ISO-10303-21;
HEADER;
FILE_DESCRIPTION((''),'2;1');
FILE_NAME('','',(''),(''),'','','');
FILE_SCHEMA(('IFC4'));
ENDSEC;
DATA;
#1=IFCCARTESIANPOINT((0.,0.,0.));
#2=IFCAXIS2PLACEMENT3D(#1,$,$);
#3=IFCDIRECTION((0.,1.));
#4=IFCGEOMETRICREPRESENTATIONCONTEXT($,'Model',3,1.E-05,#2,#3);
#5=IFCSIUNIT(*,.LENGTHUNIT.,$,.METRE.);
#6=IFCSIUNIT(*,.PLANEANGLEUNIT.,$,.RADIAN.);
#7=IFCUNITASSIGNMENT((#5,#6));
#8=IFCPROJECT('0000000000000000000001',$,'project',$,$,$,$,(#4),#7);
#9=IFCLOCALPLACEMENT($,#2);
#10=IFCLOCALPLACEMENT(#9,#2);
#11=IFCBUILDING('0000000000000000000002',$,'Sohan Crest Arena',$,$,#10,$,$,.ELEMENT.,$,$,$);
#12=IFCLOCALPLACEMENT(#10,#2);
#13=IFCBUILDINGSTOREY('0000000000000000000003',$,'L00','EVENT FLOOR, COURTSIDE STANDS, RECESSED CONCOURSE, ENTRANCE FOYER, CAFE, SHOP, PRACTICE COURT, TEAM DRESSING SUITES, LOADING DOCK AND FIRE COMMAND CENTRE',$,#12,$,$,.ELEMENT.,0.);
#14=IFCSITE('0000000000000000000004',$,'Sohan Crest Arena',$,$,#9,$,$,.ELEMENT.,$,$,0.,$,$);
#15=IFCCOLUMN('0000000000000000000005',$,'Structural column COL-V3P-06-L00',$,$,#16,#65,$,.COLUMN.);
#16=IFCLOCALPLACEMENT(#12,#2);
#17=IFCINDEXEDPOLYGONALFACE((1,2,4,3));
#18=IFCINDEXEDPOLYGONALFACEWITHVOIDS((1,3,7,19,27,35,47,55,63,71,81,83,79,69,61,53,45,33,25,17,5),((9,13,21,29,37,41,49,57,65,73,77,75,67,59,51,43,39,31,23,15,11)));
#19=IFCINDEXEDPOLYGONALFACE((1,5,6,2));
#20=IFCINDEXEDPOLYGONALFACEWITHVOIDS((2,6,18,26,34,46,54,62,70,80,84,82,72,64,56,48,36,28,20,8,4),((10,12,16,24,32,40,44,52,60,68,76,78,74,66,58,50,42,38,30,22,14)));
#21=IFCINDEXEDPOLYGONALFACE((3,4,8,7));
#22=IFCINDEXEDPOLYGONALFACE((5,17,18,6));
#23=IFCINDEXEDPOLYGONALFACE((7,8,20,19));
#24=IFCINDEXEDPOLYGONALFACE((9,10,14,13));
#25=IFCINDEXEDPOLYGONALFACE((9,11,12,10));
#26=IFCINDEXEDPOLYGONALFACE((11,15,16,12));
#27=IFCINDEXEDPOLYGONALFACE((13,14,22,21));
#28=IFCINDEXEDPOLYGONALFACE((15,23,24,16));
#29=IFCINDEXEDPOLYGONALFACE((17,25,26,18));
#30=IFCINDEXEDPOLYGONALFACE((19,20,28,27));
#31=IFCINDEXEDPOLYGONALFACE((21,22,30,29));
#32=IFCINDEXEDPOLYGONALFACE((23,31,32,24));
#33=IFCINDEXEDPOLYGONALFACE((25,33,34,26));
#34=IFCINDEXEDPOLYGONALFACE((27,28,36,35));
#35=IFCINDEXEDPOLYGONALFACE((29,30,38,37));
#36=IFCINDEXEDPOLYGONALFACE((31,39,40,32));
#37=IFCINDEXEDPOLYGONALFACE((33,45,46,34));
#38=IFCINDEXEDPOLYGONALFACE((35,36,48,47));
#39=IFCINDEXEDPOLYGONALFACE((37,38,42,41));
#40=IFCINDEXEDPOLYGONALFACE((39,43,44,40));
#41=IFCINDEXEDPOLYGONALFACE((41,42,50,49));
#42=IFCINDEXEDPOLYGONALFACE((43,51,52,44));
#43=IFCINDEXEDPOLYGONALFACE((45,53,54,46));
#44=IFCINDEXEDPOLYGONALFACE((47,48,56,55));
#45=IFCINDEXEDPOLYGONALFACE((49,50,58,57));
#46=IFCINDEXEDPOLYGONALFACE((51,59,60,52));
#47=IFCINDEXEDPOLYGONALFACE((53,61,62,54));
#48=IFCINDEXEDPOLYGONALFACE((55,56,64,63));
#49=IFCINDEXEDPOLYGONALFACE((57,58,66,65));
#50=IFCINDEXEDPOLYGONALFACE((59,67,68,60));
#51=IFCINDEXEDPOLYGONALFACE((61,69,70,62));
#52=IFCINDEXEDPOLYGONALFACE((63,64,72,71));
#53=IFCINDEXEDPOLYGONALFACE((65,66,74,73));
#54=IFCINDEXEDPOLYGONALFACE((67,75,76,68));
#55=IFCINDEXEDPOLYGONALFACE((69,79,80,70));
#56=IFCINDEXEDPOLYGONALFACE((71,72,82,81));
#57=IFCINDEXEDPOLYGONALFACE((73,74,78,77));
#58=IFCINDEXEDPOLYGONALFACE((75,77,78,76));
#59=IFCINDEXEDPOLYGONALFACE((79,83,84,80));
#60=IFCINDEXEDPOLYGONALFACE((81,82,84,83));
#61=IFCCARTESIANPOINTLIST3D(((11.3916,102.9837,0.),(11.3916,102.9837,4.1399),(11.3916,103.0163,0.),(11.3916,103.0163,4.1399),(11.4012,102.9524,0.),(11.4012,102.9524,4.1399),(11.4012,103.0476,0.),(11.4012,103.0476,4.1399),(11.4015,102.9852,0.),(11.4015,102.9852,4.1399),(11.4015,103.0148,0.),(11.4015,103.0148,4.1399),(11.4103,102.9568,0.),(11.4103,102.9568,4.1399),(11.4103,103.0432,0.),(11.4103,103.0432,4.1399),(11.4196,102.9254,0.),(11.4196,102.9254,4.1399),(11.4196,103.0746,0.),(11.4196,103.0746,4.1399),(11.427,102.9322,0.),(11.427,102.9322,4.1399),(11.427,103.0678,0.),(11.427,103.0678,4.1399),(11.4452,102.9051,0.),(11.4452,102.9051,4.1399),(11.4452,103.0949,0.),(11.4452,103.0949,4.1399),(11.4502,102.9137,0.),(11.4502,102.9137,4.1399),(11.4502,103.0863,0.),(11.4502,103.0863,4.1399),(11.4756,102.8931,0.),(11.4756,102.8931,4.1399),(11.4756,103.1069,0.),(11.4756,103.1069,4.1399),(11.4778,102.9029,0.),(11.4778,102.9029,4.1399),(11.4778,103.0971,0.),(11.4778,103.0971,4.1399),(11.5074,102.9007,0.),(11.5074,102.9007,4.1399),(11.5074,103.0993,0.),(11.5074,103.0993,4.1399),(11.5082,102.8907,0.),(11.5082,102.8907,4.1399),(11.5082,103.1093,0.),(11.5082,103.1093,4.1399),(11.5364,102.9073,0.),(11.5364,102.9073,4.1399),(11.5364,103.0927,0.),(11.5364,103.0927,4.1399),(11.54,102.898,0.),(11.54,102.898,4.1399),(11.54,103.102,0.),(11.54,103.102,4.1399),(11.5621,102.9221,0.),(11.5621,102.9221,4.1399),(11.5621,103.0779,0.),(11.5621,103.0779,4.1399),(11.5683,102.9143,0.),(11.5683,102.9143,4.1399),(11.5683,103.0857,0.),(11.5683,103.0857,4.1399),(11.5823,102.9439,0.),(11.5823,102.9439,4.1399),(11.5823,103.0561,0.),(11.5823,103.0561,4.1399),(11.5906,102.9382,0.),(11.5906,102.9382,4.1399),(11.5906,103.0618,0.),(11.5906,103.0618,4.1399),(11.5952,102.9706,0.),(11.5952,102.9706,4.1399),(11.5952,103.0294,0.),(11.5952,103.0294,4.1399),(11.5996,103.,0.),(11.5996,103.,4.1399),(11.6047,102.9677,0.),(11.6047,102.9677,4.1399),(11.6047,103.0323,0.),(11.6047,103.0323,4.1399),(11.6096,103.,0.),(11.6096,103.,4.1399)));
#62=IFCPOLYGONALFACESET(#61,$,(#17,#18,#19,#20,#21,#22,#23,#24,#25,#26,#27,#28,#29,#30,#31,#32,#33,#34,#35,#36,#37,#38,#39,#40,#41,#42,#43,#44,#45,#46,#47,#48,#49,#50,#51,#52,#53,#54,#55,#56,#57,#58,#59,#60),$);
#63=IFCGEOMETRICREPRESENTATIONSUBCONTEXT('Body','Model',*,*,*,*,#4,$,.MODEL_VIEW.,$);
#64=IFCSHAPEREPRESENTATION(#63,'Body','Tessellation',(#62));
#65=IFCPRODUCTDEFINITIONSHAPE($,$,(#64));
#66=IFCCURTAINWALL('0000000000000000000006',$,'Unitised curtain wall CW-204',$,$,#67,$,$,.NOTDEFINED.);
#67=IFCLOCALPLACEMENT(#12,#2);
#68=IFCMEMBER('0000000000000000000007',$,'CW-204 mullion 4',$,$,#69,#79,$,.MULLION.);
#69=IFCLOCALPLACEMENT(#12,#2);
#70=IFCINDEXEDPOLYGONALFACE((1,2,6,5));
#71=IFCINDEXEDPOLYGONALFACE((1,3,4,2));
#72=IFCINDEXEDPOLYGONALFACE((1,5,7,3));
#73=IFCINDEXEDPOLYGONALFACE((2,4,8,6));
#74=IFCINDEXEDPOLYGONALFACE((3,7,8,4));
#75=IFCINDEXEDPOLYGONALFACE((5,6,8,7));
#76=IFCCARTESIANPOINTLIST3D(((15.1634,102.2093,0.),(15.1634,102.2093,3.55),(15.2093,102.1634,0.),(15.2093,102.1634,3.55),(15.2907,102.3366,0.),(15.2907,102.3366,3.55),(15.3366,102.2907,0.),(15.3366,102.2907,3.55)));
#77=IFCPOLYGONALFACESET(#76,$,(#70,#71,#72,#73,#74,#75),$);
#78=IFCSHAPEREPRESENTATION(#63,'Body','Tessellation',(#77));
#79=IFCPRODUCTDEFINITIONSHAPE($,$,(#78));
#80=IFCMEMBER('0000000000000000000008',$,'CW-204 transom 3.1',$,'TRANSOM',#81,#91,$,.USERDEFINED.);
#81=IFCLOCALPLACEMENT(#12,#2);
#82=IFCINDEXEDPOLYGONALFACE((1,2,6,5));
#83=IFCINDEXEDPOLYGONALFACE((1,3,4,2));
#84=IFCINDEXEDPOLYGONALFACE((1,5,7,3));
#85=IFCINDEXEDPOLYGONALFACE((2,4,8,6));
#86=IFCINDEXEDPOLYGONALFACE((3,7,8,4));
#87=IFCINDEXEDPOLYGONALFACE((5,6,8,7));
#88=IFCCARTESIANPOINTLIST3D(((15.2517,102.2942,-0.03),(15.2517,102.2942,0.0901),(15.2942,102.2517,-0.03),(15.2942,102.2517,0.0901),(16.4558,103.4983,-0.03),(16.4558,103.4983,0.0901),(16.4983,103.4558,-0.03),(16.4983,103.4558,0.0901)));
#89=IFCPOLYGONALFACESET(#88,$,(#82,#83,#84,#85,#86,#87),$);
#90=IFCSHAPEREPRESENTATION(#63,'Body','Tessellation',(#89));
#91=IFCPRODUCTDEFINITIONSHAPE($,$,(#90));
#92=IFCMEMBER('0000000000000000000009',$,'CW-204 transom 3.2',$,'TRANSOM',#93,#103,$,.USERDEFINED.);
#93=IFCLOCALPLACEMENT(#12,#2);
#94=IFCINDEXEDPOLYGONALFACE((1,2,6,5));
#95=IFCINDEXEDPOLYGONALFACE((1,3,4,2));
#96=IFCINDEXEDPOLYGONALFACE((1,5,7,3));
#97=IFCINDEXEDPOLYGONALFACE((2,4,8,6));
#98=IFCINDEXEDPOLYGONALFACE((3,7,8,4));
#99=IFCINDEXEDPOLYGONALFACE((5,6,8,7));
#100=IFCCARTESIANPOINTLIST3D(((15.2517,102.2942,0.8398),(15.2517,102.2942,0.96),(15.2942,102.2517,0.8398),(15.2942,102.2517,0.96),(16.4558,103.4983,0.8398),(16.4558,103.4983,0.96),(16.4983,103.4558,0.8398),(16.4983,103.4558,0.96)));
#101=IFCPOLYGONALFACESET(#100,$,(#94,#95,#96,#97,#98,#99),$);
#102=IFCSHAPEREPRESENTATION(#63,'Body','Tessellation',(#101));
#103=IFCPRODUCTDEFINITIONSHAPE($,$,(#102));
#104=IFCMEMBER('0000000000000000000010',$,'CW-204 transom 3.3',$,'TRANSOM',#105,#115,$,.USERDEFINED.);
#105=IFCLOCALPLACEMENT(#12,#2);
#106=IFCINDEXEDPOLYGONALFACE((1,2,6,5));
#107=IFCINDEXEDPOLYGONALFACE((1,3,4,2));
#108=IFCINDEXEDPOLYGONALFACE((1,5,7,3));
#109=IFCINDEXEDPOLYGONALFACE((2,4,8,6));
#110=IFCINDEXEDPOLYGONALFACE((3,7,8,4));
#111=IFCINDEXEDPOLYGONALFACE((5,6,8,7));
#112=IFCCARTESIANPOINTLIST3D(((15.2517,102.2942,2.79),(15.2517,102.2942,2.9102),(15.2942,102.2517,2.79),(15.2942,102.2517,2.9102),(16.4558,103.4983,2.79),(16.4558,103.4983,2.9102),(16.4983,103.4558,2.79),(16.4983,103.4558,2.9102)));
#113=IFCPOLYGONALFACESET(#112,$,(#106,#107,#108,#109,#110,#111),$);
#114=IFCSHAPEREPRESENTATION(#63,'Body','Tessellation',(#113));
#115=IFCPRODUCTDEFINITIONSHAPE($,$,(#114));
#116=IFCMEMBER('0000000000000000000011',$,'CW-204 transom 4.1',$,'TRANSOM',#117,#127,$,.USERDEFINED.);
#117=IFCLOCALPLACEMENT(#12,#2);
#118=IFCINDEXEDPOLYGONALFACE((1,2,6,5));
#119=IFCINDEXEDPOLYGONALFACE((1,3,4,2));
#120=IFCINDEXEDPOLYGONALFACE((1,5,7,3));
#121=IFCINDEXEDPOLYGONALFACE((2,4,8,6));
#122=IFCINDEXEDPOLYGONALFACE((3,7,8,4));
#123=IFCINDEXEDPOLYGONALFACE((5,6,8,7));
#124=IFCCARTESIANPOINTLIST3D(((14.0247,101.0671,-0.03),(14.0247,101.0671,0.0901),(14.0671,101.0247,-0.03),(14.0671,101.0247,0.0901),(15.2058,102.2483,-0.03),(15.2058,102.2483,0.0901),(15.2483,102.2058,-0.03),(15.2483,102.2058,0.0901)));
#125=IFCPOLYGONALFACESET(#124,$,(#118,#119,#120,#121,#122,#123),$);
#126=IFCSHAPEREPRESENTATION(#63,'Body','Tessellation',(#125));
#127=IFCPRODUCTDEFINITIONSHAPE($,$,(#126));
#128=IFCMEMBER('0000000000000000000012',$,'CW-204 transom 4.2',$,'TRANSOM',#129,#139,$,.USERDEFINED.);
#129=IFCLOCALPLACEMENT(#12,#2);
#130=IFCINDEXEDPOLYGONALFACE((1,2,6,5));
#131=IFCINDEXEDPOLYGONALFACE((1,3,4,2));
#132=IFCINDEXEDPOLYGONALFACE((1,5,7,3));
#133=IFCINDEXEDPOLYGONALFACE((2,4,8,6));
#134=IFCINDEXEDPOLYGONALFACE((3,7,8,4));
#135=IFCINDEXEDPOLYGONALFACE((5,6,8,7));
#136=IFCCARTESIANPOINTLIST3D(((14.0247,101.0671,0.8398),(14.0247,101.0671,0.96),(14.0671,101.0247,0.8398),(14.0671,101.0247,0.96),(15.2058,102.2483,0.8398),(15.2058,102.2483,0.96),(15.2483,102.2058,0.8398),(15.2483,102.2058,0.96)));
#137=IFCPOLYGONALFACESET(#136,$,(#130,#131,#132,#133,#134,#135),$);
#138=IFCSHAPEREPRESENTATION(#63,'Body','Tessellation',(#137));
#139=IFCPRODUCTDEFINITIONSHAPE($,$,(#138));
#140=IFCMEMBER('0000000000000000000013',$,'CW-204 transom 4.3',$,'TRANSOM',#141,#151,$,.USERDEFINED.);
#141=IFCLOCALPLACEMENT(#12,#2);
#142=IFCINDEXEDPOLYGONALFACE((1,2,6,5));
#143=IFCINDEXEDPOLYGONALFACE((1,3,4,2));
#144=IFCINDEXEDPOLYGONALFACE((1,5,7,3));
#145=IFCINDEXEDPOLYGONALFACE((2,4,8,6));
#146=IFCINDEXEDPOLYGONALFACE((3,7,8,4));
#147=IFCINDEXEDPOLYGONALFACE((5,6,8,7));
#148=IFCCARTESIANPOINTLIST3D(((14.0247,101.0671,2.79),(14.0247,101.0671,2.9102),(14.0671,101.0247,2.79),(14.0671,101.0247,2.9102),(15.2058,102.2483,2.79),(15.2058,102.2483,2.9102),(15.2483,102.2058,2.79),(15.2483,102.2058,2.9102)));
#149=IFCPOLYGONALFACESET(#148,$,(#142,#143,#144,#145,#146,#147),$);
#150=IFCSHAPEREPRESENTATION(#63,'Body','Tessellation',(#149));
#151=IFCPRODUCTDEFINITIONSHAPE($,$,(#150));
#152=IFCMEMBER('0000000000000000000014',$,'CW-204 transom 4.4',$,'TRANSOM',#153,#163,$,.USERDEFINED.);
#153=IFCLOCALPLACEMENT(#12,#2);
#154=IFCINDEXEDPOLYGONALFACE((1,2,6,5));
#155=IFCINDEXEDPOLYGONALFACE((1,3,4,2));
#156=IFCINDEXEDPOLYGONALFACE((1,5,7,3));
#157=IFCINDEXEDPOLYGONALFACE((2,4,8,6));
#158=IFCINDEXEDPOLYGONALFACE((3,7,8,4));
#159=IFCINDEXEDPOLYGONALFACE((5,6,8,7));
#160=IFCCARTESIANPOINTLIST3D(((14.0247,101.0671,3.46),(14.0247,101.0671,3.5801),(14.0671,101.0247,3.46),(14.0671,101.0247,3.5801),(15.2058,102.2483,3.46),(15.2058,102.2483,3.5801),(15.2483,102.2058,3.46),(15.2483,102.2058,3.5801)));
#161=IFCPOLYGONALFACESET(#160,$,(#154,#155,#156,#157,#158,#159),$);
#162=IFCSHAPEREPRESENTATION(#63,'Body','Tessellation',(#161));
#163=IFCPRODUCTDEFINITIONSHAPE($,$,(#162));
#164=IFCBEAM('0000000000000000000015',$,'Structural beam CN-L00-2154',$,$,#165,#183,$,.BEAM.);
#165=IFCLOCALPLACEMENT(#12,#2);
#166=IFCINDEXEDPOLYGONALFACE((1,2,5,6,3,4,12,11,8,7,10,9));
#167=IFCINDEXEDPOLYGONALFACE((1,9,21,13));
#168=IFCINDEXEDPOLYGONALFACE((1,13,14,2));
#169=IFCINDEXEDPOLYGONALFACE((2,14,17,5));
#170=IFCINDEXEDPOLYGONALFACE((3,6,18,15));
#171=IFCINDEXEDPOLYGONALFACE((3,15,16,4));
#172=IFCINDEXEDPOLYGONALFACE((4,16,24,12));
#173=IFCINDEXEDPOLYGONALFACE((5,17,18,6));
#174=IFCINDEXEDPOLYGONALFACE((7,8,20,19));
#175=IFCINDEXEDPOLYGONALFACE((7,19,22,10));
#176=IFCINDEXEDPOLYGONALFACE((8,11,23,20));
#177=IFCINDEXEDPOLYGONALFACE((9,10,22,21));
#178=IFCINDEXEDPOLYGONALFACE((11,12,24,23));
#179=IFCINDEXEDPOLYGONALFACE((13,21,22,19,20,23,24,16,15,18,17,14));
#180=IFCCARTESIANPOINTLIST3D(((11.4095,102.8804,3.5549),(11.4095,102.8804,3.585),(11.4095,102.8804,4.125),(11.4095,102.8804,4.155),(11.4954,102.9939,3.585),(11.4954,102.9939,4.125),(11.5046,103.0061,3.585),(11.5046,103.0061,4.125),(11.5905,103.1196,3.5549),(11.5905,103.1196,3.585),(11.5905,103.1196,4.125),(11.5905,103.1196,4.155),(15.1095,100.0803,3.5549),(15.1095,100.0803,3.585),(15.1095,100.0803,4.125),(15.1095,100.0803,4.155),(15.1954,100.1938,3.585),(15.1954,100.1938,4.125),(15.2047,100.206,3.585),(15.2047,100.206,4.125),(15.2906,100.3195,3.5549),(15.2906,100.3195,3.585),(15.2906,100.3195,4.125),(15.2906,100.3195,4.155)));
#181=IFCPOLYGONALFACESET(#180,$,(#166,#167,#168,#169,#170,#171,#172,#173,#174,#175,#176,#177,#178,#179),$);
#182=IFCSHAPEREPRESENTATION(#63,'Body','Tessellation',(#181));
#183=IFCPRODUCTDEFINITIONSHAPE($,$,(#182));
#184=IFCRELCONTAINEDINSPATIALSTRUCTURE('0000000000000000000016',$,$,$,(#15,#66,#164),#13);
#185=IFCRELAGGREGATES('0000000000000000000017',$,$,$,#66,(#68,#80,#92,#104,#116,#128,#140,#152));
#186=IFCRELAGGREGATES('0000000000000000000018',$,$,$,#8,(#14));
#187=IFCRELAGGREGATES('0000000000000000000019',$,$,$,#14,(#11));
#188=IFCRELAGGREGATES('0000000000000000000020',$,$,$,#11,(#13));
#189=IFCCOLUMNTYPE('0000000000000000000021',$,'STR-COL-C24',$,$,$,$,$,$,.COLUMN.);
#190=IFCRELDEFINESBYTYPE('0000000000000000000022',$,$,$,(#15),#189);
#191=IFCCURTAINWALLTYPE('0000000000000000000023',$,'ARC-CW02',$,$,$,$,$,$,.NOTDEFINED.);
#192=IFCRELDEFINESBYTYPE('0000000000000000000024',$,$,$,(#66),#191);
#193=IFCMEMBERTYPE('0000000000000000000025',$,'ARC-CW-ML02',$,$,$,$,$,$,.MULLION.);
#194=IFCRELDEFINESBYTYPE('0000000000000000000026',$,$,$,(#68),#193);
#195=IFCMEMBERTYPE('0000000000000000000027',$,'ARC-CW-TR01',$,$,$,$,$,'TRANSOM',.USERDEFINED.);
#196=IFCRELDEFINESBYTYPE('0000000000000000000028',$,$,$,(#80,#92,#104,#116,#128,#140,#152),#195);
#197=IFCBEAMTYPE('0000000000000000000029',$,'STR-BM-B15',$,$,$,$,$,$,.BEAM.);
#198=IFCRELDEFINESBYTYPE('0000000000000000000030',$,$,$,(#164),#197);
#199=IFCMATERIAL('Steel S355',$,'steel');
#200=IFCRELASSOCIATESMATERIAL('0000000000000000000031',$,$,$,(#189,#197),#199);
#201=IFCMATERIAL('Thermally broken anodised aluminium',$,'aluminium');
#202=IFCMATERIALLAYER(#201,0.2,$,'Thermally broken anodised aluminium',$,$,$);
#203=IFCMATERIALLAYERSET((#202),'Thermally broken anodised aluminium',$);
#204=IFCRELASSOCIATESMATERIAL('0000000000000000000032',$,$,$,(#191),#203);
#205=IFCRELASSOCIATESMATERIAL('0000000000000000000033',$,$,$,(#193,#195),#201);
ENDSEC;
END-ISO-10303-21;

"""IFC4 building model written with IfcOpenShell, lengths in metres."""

from ifc_helpers import new_model, si_unit, direction, frame, origin, origin_2d, place, context, subcontext, project, spatial, rectangle, hollow_circle, i_section, extrude, material, layer, layer_set, material_profile, profile_set, type_object, element, aggregate, save


model = new_model("IFC4")

# Units and contexts
model_context = context("Model", 3, precision=1e-05, world=origin(), true_north=direction((0.0, 1.0)))
body_context = subcontext(model_context, "Body", "Model", "MODEL_VIEW")
ifc_project = project(units=[si_unit("LENGTHUNIT", "METRE"), si_unit("PLANEANGLEUNIT", "RADIAN")], contexts=[model_context])

# Site, building, storey
site_placement = place(None, origin())
site = spatial("IfcSite", under=ifc_project, at=site_placement, Name="Sohan Crest Arena", CompositionType="ELEMENT", RefElevation=0.0)
building_placement = place(site_placement, origin())
building = spatial("IfcBuilding", under=site, at=building_placement, Name="Sohan Crest Arena", CompositionType="ELEMENT")
storey_placement = place(building_placement, origin())
storey = spatial("IfcBuildingStorey", under=building, at=storey_placement, Name="L00", Description="EVENT FLOOR, COURTSIDE STANDS, RECESSED CONCOURSE, ENTRANCE FOYER, CAFE, SHOP, PRACTICE COURT, TEAM DRESSING SUITES, LOADING DOCK AND FIRE COMMAND CENTRE", CompositionType="ELEMENT", Elevation=0.0)

# Column
ifc_material_1 = material(Name="Steel S355", Category="steel")
ifc_material_profile_1 = material_profile(ifc_material_1, hollow_circle(Radius=0.1096, WallThickness=0.01, at=origin_2d()), Name="CHS 219.1x10")
ifc_profile_set_1 = profile_set([ifc_material_profile_1], Name="Steel S355")
column_type = type_object("IfcColumnType", Name="STR-COL-C24", PredefinedType="COLUMN", material=ifc_profile_set_1)
column_placement = place(storey_placement, frame((11.5, 103.0, 0.0), z_axis=(0.0, 0.0, 1.0), x_axis=(1.0, 0.0, 0.0)))
element("IfcColumn", 1, at=column_placement, inside=storey, type_object=column_type, Name="Structural column COL-V3P-06-L00", PredefinedType="COLUMN", context=body_context, shape_type="SweptSolid", body=[
    extrude(hollow_circle(Radius=0.1096, WallThickness=0.01, at=origin_2d()), origin(), (0.0, 0.0, 1.0), 4.1399),
])

# Curtain wall, members
ifc_material_2 = material(Name="Thermally broken anodised aluminium", Category="aluminium")
ifc_layer_1 = layer(ifc_material_2, 0.2, Name="Thermally broken anodised aluminium")
ifc_layer_set_1 = layer_set([ifc_layer_1], Name="Thermally broken anodised aluminium")
curtain_wall_type = type_object("IfcCurtainWallType", Name="ARC-CW02", PredefinedType="NOTDEFINED", material=ifc_layer_set_1)
curtain_wall_placement = place(storey_placement, origin())
curtain_wall = element("IfcCurtainWall", 2, at=curtain_wall_placement, inside=storey, type_object=curtain_wall_type, Name="Unitised curtain wall CW-204", PredefinedType="NOTDEFINED")
ifc_material_profile_2 = material_profile(ifc_material_2, rectangle(XDim=0.0649, YDim=0.1799, at=origin_2d()), Name="ALU-MULL 65x180")
ifc_profile_set_2 = profile_set([ifc_material_profile_2], Name="Thermally broken anodised aluminium")
member_type_1 = type_object("IfcMemberType", Name="ARC-CW-ML02", PredefinedType="MULLION", material=ifc_profile_set_2)
member_1_placement = place(storey_placement, frame((15.25, 102.25, 0.0), z_axis=(0.0, 0.0, 1.0), x_axis=(0.707107, -0.707107, 0.0)))
member_1 = element("IfcMember", 3, at=member_1_placement, type_object=member_type_1, Name="CW-204 mullion 4", PredefinedType="MULLION", context=body_context, shape_type="SweptSolid", body=[
    extrude(rectangle(XDim=0.0649, YDim=0.1799, at=origin_2d()), origin(), (0.0, 0.0, 1.0), 3.55),
])
ifc_material_profile_3 = material_profile(ifc_material_2, rectangle(XDim=0.0601, YDim=0.1201, at=origin_2d()), Name="ALU-TRAN 60x120")
ifc_profile_set_3 = profile_set([ifc_material_profile_3], Name="Thermally broken anodised aluminium")
member_type_2 = type_object("IfcMemberType", Name="ARC-CW-TR01", ElementType="TRANSOM", PredefinedType="USERDEFINED", material=ifc_profile_set_3)
member_2_placement = place(storey_placement, frame((16.4771, 103.4771, 0.03), z_axis=(-0.707107, -0.707107, 0.0), x_axis=(0.707107, -0.707107, 0.0)))
member_2 = element("IfcMember", 4, at=member_2_placement, type_object=member_type_2, Name="CW-204 transom 3.1", ObjectType="TRANSOM", PredefinedType="USERDEFINED", context=body_context, shape_type="SweptSolid", body=[
    extrude(rectangle(XDim=0.0601, YDim=0.1201, at=origin_2d()), origin(), (0.0, 0.0, 1.0), 1.7029),
])
member_3_placement = place(storey_placement, frame((16.4771, 103.4771, 0.8999), z_axis=(-0.707107, -0.707107, 0.0), x_axis=(0.707107, -0.707107, 0.0)))
member_3 = element("IfcMember", 5, at=member_3_placement, type_object=member_type_2, Name="CW-204 transom 3.2", ObjectType="TRANSOM", PredefinedType="USERDEFINED", context=body_context, shape_type="SweptSolid", body=[
    extrude(rectangle(XDim=0.0601, YDim=0.1201, at=origin_2d()), origin(), (0.0, 0.0, 1.0), 1.7029),
])
member_4_placement = place(storey_placement, frame((16.4771, 103.4771, 2.8501), z_axis=(-0.707107, -0.707107, 0.0), x_axis=(0.707107, -0.707107, 0.0)))
member_4 = element("IfcMember", 6, at=member_4_placement, type_object=member_type_2, Name="CW-204 transom 3.3", ObjectType="TRANSOM", PredefinedType="USERDEFINED", context=body_context, shape_type="SweptSolid", body=[
    extrude(rectangle(XDim=0.0601, YDim=0.1201, at=origin_2d()), origin(), (0.0, 0.0, 1.0), 1.7029),
])
member_5_placement = place(storey_placement, frame((15.2271, 102.2271, 0.03), z_axis=(-0.707107, -0.707107, 0.0), x_axis=(0.707107, -0.707107, 0.0)))
member_5 = element("IfcMember", 7, at=member_5_placement, type_object=member_type_2, Name="CW-204 transom 4.1", ObjectType="TRANSOM", PredefinedType="USERDEFINED", context=body_context, shape_type="SweptSolid", body=[
    extrude(rectangle(XDim=0.0601, YDim=0.1201, at=origin_2d()), origin(), (0.0, 0.0, 1.0), 1.6704),
])
member_6_placement = place(storey_placement, frame((15.2271, 102.2271, 0.8999), z_axis=(-0.707107, -0.707107, 0.0), x_axis=(0.707107, -0.707107, 0.0)))
member_6 = element("IfcMember", 8, at=member_6_placement, type_object=member_type_2, Name="CW-204 transom 4.2", ObjectType="TRANSOM", PredefinedType="USERDEFINED", context=body_context, shape_type="SweptSolid", body=[
    extrude(rectangle(XDim=0.0601, YDim=0.1201, at=origin_2d()), origin(), (0.0, 0.0, 1.0), 1.6704),
])
member_7_placement = place(storey_placement, frame((15.2271, 102.2271, 2.8501), z_axis=(-0.707107, -0.707107, 0.0), x_axis=(0.707107, -0.707107, 0.0)))
member_7 = element("IfcMember", 9, at=member_7_placement, type_object=member_type_2, Name="CW-204 transom 4.3", ObjectType="TRANSOM", PredefinedType="USERDEFINED", context=body_context, shape_type="SweptSolid", body=[
    extrude(rectangle(XDim=0.0601, YDim=0.1201, at=origin_2d()), origin(), (0.0, 0.0, 1.0), 1.6704),
])
member_8_placement = place(storey_placement, frame((15.2271, 102.2271, 3.52), z_axis=(-0.707107, -0.707107, 0.0), x_axis=(0.707107, -0.707107, 0.0)))
member_8 = element("IfcMember", 10, at=member_8_placement, type_object=member_type_2, Name="CW-204 transom 4.4", ObjectType="TRANSOM", PredefinedType="USERDEFINED", context=body_context, shape_type="SweptSolid", body=[
    extrude(rectangle(XDim=0.0601, YDim=0.1201, at=origin_2d()), origin(), (0.0, 0.0, 1.0), 1.6704),
])

# Beam
ifc_material_profile_4 = material_profile(ifc_material_1, i_section(OverallWidth=0.3, OverallDepth=0.6001, WebThickness=0.0154, FlangeThickness=0.03, at=origin_2d()), Name="HEB 600")
ifc_profile_set_4 = profile_set([ifc_material_profile_4], Name="Steel S355")
beam_type = type_object("IfcBeamType", Name="STR-BM-B15", PredefinedType="BEAM", material=ifc_profile_set_4)
beam_placement = place(storey_placement, frame((11.5, 103.0, 3.855), z_axis=(0.797397, -0.603454, 0.0), x_axis=(0.603454, 0.797397, 0.0)))
element("IfcBeam", 11, at=beam_placement, inside=storey, type_object=beam_type, Name="Structural beam CN-L00-2154", PredefinedType="BEAM", context=body_context, shape_type="SweptSolid", body=[
    extrude(i_section(OverallWidth=0.3, OverallDepth=0.6001, WebThickness=0.0154, FlangeThickness=0.03, at=origin_2d()), origin(), (0.0, 0.0, 1.0), 4.6401),
])

aggregate(curtain_wall, [member_1, member_2, member_3, member_4, member_5, member_6, member_7, member_8])

save(model, "model.ifc")
